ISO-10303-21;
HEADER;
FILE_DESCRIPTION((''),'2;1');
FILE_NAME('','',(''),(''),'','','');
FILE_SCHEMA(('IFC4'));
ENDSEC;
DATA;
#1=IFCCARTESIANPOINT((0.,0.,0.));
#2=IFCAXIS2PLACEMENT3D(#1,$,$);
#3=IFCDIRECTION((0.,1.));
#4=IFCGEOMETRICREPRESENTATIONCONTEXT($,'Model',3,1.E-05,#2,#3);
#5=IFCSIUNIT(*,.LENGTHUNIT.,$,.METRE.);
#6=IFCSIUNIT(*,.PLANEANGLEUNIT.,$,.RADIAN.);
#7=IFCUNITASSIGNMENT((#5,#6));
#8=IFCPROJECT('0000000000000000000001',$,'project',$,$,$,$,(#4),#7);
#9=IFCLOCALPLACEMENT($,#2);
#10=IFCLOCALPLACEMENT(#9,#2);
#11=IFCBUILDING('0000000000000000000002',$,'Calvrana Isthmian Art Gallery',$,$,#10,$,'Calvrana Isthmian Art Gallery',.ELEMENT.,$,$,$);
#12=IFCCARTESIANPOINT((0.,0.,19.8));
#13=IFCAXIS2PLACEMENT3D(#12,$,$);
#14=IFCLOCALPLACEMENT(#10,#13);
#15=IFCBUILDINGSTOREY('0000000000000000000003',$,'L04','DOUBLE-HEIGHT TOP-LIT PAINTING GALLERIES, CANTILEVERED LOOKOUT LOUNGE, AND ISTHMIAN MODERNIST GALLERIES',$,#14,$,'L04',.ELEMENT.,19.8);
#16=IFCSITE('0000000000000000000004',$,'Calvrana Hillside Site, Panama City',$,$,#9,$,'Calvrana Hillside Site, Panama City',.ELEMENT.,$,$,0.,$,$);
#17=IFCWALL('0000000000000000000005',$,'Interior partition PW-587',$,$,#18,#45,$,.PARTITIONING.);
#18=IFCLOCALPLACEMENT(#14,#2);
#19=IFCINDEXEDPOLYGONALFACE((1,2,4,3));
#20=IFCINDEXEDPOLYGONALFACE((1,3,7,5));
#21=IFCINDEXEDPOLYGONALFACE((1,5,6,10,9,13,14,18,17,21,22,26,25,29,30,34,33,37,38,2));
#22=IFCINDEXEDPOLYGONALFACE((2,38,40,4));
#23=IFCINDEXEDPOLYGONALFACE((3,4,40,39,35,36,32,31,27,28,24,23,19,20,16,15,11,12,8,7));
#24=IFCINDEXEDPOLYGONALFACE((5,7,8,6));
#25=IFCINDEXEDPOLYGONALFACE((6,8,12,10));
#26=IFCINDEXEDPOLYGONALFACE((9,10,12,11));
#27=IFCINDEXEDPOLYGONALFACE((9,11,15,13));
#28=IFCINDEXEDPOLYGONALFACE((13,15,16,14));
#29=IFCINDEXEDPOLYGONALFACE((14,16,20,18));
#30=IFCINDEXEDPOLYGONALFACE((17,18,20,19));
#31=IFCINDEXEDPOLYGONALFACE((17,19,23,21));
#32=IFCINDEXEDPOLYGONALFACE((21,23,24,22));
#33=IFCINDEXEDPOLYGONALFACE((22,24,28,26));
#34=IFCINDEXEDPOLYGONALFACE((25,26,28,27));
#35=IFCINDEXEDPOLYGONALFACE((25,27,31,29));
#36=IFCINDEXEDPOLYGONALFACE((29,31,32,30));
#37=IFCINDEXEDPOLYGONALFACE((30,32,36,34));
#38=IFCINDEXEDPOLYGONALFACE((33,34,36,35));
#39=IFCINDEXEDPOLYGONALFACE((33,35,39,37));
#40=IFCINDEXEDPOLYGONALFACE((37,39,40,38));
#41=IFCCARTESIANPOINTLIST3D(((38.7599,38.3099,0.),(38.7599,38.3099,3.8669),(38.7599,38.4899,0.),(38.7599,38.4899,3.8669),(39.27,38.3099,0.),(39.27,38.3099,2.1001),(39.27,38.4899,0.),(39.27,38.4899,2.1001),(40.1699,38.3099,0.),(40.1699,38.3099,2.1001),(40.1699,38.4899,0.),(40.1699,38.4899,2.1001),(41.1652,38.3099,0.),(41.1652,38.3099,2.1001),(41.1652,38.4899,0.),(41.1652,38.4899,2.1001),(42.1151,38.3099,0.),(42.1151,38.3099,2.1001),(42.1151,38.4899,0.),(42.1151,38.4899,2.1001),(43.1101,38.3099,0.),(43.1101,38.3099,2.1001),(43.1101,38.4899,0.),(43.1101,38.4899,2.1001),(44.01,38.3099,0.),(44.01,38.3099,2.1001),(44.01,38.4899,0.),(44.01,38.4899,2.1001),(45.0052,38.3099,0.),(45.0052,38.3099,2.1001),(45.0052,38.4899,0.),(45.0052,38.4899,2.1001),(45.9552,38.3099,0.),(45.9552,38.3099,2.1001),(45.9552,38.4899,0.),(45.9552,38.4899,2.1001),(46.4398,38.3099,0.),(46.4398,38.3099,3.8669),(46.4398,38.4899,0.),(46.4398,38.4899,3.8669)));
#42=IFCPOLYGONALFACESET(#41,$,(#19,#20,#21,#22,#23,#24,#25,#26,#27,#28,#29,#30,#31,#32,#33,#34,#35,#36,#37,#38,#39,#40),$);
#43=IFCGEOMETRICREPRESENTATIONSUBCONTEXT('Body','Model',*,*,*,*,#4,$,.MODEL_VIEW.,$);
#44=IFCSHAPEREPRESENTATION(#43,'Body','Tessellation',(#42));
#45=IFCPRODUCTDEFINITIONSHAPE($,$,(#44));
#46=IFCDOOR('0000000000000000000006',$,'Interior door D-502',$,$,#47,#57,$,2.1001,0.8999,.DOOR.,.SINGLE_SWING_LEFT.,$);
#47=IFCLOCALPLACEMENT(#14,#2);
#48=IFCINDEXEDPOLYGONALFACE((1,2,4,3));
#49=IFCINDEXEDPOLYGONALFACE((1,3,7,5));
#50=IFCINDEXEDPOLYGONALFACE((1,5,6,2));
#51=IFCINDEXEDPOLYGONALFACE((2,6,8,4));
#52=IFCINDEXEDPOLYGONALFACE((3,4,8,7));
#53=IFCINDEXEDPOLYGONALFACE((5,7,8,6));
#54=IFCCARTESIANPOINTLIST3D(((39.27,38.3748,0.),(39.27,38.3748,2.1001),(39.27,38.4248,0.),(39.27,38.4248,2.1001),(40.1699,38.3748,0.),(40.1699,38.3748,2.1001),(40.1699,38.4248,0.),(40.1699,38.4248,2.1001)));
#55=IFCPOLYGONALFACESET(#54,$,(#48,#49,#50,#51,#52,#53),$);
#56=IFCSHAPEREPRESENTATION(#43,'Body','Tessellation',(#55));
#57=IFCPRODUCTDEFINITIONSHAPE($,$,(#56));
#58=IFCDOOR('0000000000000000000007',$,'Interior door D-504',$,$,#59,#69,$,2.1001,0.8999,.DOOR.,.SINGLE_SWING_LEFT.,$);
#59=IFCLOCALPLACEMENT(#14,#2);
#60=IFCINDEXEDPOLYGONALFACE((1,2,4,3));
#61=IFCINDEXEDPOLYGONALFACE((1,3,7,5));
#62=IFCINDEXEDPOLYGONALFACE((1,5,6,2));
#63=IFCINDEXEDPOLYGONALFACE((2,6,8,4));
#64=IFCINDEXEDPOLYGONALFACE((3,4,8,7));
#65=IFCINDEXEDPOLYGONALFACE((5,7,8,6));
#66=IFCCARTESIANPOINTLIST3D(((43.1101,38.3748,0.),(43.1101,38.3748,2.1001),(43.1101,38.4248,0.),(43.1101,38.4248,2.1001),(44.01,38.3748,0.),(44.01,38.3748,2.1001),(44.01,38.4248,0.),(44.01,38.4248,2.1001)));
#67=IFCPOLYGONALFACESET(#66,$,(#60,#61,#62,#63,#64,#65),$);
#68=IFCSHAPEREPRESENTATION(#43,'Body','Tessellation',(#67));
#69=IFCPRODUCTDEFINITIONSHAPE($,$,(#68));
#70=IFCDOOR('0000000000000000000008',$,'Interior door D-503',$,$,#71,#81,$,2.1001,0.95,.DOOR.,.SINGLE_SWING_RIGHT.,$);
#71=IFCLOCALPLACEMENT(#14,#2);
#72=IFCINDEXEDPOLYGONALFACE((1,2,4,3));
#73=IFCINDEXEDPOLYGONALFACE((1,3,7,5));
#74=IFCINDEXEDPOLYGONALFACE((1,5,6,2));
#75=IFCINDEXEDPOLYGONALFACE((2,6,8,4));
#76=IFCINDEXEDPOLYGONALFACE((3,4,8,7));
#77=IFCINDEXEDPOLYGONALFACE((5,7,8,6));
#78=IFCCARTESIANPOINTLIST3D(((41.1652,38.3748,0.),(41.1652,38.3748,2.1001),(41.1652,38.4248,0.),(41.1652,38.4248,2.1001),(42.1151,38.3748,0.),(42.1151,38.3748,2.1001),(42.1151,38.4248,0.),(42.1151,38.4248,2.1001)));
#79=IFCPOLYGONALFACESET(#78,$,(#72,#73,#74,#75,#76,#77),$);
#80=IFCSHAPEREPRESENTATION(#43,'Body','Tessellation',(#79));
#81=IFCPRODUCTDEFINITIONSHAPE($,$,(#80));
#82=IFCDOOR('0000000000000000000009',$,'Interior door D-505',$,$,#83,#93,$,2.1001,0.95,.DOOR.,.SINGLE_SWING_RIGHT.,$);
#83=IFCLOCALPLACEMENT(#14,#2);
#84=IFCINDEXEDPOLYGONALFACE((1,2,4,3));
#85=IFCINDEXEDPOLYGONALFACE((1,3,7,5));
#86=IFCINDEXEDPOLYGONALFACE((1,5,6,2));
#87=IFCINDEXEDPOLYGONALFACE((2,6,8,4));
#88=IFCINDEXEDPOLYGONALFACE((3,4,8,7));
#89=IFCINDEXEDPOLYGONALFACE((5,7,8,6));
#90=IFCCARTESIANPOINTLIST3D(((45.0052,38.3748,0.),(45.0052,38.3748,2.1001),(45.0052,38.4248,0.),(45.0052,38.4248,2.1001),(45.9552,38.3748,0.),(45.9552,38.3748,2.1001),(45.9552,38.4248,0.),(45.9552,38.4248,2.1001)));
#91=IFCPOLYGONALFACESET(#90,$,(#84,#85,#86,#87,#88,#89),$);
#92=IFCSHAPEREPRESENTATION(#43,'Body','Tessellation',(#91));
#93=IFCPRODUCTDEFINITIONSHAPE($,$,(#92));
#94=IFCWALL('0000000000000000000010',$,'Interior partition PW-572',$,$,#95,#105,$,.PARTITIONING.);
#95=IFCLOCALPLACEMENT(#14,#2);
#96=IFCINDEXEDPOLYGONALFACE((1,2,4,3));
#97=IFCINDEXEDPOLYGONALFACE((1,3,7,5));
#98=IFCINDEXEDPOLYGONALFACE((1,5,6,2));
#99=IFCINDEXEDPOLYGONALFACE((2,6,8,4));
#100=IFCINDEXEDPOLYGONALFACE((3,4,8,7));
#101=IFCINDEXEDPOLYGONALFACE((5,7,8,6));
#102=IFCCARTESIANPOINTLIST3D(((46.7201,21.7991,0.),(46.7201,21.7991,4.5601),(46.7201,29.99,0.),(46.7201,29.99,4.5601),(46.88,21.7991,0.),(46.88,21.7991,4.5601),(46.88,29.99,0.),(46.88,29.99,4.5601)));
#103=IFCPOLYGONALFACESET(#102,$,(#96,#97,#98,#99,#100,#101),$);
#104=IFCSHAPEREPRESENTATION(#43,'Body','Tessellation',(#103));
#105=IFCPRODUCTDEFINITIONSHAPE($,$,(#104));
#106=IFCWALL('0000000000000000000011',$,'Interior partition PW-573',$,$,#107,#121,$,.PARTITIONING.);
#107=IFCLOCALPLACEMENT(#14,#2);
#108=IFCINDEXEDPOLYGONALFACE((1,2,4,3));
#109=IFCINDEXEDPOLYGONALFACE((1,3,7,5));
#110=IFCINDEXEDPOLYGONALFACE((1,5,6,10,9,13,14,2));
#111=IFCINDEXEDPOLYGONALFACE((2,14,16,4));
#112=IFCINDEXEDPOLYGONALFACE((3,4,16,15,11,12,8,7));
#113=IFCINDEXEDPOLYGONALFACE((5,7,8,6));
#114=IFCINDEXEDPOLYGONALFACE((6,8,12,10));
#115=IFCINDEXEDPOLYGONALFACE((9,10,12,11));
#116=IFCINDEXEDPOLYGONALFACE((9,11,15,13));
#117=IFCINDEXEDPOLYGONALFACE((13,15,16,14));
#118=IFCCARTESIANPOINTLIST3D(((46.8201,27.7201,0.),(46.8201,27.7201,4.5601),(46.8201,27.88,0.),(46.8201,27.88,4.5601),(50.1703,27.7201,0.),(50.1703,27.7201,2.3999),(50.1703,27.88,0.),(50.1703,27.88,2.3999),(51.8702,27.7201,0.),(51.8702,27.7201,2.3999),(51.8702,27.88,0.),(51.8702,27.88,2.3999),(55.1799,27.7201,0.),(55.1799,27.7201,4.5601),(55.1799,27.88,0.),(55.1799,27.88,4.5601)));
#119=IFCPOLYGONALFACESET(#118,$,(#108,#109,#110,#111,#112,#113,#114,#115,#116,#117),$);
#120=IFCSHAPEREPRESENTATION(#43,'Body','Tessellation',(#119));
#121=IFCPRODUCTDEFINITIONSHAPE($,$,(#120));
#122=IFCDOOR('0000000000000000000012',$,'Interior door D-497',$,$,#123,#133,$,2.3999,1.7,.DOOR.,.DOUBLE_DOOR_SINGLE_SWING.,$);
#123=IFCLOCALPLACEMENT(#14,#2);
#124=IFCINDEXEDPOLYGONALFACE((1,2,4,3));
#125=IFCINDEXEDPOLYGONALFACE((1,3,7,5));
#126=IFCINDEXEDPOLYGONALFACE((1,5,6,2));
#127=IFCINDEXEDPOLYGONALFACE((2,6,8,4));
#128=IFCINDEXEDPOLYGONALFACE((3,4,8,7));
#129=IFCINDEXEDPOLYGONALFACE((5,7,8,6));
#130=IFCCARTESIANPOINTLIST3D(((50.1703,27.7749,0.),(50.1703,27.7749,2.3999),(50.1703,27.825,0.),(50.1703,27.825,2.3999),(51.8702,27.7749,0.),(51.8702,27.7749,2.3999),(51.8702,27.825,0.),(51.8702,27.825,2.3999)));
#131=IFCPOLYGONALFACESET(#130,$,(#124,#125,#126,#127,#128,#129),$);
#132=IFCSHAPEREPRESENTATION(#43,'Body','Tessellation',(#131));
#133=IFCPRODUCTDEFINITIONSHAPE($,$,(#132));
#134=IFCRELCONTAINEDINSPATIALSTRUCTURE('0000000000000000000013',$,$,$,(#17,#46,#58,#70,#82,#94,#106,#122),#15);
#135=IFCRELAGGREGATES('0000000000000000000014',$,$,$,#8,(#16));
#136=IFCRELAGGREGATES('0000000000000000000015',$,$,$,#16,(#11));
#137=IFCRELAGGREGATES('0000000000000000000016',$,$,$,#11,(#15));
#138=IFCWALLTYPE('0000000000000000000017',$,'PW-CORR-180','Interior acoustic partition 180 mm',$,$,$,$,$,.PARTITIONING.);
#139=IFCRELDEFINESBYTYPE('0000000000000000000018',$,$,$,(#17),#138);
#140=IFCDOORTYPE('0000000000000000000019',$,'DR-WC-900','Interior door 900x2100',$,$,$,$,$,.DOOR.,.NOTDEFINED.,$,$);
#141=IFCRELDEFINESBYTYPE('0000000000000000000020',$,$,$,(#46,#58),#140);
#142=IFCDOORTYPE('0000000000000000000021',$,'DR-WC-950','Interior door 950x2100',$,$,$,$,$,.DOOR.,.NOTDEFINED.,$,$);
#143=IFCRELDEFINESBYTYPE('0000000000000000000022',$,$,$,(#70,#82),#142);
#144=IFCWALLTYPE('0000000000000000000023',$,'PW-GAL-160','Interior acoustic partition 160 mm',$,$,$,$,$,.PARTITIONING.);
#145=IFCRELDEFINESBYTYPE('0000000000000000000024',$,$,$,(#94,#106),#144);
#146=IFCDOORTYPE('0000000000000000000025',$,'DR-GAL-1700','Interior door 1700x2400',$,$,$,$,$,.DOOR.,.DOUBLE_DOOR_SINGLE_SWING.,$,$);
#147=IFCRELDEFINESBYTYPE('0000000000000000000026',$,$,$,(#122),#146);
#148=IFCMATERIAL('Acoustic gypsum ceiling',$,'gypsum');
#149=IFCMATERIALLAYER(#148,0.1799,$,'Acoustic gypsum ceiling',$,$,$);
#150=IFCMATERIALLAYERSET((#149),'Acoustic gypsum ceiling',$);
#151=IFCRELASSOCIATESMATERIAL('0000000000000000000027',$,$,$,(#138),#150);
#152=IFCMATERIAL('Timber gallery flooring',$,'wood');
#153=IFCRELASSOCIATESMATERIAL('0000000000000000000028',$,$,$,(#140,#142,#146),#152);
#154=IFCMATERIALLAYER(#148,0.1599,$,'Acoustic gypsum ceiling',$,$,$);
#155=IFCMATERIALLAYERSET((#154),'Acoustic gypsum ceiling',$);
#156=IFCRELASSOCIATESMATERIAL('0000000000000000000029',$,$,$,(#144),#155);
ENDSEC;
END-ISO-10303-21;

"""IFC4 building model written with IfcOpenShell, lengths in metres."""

from ifc_helpers import new_model, si_unit, direction, frame, frame_2d, origin, place, context, subcontext, project, spatial, rectangle, extrude, material, layer, layer_set, type_object, element, fill, save


model = new_model("IFC4")

# Units and contexts
model_context = context("Model", 3, precision=1e-05, world=origin(), true_north=direction((0.0, 1.0)))
body_context = subcontext(model_context, "Body", "Model", "MODEL_VIEW")
ifc_project = project(units=[si_unit("LENGTHUNIT", "METRE"), si_unit("PLANEANGLEUNIT", "RADIAN")], contexts=[model_context])

# Site, building, storey
site_placement = place(None, origin())
site = spatial("IfcSite", under=ifc_project, at=site_placement, Name="Calvrana Hillside Site, Panama City", LongName="Calvrana Hillside Site, Panama City", CompositionType="ELEMENT", RefElevation=0.0)
building_placement = place(site_placement, origin())
building = spatial("IfcBuilding", under=site, at=building_placement, Name="Calvrana Isthmian Art Gallery", LongName="Calvrana Isthmian Art Gallery", CompositionType="ELEMENT")
storey_placement = place(building_placement, frame((0.0, 0.0, 19.8)))
storey = spatial("IfcBuildingStorey", under=building, at=storey_placement, Name="L04", Description="DOUBLE-HEIGHT TOP-LIT PAINTING GALLERIES, CANTILEVERED LOOKOUT LOUNGE, AND ISTHMIAN MODERNIST GALLERIES", LongName="L04", CompositionType="ELEMENT", Elevation=19.8)

# Wall, openings, doors
ifc_material_1 = material(Name="Acoustic gypsum ceiling", Category="gypsum")
ifc_layer_1 = layer(ifc_material_1, 0.1799, Name="Acoustic gypsum ceiling")
ifc_layer_set_1 = layer_set([ifc_layer_1], Name="Acoustic gypsum ceiling")
wall_type_1 = type_object("IfcWallType", Name="PW-CORR-180", Description="Interior acoustic partition 180 mm", PredefinedType="PARTITIONING", material=ifc_layer_set_1)
wall_1_placement = place(storey_placement, frame((38.76, 38.3999, 0.0), z_axis=(0.0, 0.0, 1.0), x_axis=(1.0, 0.0, 0.0)))
wall_1 = element("IfcWall", 1, at=wall_1_placement, inside=storey, type_object=wall_type_1, Name="Interior partition PW-587", PredefinedType="PARTITIONING", context=body_context, shape_type="SweptSolid", body=[
    extrude(rectangle(XDim=7.6799, YDim=0.1799, at=frame_2d((3.8398, 0.0))), origin(), (0.0, 0.0, 1.0), 3.8669),
])
opening_1_placement = place(wall_1_placement, frame((0.51, 0.0, 0.0)))
opening_1 = element("IfcOpeningElement", 2, at=opening_1_placement, cuts=wall_1, PredefinedType="OPENING", context=body_context, shape_type="SweptSolid", body=[
    extrude(rectangle(XDim=0.8999, YDim=2.1001, at=frame_2d((0.45, 1.05))), frame((0.0, 0.1001, 0.0), z_axis=(0.0, -1.0, 0.0), x_axis=(1.0, 0.0, 0.0)), (0.0, 0.0, 1.0), 0.2004),
])
opening_2_placement = place(wall_1_placement, frame((2.405, 0.0, 0.0)))
opening_2 = element("IfcOpeningElement", 3, at=opening_2_placement, cuts=wall_1, PredefinedType="OPENING", context=body_context, shape_type="SweptSolid", body=[
    extrude(rectangle(XDim=0.95, YDim=2.1001, at=frame_2d((0.4751, 1.05))), frame((0.0, 0.1001, 0.0), z_axis=(0.0, -1.0, 0.0), x_axis=(1.0, 0.0, 0.0)), (0.0, 0.0, 1.0), 0.2004),
])
opening_3_placement = place(wall_1_placement, frame((4.3501, 0.0, 0.0)))
opening_3 = element("IfcOpeningElement", 4, at=opening_3_placement, cuts=wall_1, PredefinedType="OPENING", context=body_context, shape_type="SweptSolid", body=[
    extrude(rectangle(XDim=0.8999, YDim=2.1001, at=frame_2d((0.45, 1.05))), frame((0.0, 0.1001, 0.0), z_axis=(0.0, -1.0, 0.0), x_axis=(1.0, 0.0, 0.0)), (0.0, 0.0, 1.0), 0.2004),
])
opening_4_placement = place(wall_1_placement, frame((6.2451, 0.0, 0.0)))
opening_4 = element("IfcOpeningElement", 5, at=opening_4_placement, cuts=wall_1, PredefinedType="OPENING", context=body_context, shape_type="SweptSolid", body=[
    extrude(rectangle(XDim=0.95, YDim=2.1001, at=frame_2d((0.4751, 1.05))), frame((0.0, 0.1001, 0.0), z_axis=(0.0, -1.0, 0.0), x_axis=(1.0, 0.0, 0.0)), (0.0, 0.0, 1.0), 0.2004),
])
ifc_material_2 = material(Name="Timber gallery flooring", Category="wood")
door_type_1 = type_object("IfcDoorType", Name="DR-WC-900", Description="Interior door 900x2100", OperationType="NOTDEFINED", PredefinedType="DOOR", material=ifc_material_2)
door_1_placement = place(opening_1_placement, origin())
door_1 = element("IfcDoor", 6, at=door_1_placement, inside=storey, type_object=door_type_1, Name="Interior door D-502", OperationType="SINGLE_SWING_LEFT", OverallHeight=2.1001, OverallWidth=0.8999, PredefinedType="DOOR", context=body_context, shape_type="SweptSolid", body=[
    extrude(rectangle(XDim=0.8999, YDim=2.1001, at=frame_2d((0.45, 1.05))), frame((0.0, 0.0249, 0.0), z_axis=(0.0, -1.0, 0.0), x_axis=(1.0, 0.0, 0.0)), (0.0, 0.0, 1.0), 0.05),
])
fill(opening_1, door_1)
door_2_placement = place(opening_3_placement, origin())
door_2 = element("IfcDoor", 7, at=door_2_placement, inside=storey, type_object=door_type_1, Name="Interior door D-504", OperationType="SINGLE_SWING_LEFT", OverallHeight=2.1001, OverallWidth=0.8999, PredefinedType="DOOR", context=body_context, shape_type="SweptSolid", body=[
    extrude(rectangle(XDim=0.8999, YDim=2.1001, at=frame_2d((0.45, 1.05))), frame((0.0, 0.0249, 0.0), z_axis=(0.0, -1.0, 0.0), x_axis=(1.0, 0.0, 0.0)), (0.0, 0.0, 1.0), 0.05),
])
fill(opening_3, door_2)
door_type_2 = type_object("IfcDoorType", Name="DR-WC-950", Description="Interior door 950x2100", OperationType="NOTDEFINED", PredefinedType="DOOR", material=ifc_material_2)
door_3_placement = place(opening_2_placement, origin())
door_3 = element("IfcDoor", 8, at=door_3_placement, inside=storey, type_object=door_type_2, Name="Interior door D-503", OperationType="SINGLE_SWING_RIGHT", OverallHeight=2.1001, OverallWidth=0.95, PredefinedType="DOOR", context=body_context, shape_type="SweptSolid", body=[
    extrude(rectangle(XDim=0.95, YDim=2.1001, at=frame_2d((0.4751, 1.05))), frame((0.0, 0.0249, 0.0), z_axis=(0.0, -1.0, 0.0), x_axis=(1.0, 0.0, 0.0)), (0.0, 0.0, 1.0), 0.05),
])
fill(opening_2, door_3)
door_4_placement = place(opening_4_placement, origin())
door_4 = element("IfcDoor", 9, at=door_4_placement, inside=storey, type_object=door_type_2, Name="Interior door D-505", OperationType="SINGLE_SWING_RIGHT", OverallHeight=2.1001, OverallWidth=0.95, PredefinedType="DOOR", context=body_context, shape_type="SweptSolid", body=[
    extrude(rectangle(XDim=0.95, YDim=2.1001, at=frame_2d((0.4751, 1.05))), frame((0.0, 0.0249, 0.0), z_axis=(0.0, -1.0, 0.0), x_axis=(1.0, 0.0, 0.0)), (0.0, 0.0, 1.0), 0.05),
])
fill(opening_4, door_4)

# Wall
ifc_layer_2 = layer(ifc_material_1, 0.1599, Name="Acoustic gypsum ceiling")
ifc_layer_set_2 = layer_set([ifc_layer_2], Name="Acoustic gypsum ceiling")
wall_type_2 = type_object("IfcWallType", Name="PW-GAL-160", Description="Interior acoustic partition 160 mm", PredefinedType="PARTITIONING", material=ifc_layer_set_2)
wall_2_placement = place(storey_placement, frame((46.8, 21.7991, 0.0), z_axis=(0.0, 0.0, 1.0), x_axis=(0.0, 1.0, 0.0)))
element("IfcWall", 10, at=wall_2_placement, inside=storey, type_object=wall_type_2, Name="Interior partition PW-572", PredefinedType="PARTITIONING", context=body_context, shape_type="SweptSolid", body=[
    extrude(rectangle(XDim=8.1909, YDim=0.1599, at=frame_2d((4.0955, 0.0))), origin(), (0.0, 0.0, 1.0), 4.5601),
])

# Wall, opening, door
wall_3_placement = place(storey_placement, frame((46.8201, 27.8, 0.0), z_axis=(0.0, 0.0, 1.0), x_axis=(1.0, 0.0, 0.0)))
wall_3 = element("IfcWall", 11, at=wall_3_placement, inside=storey, type_object=wall_type_2, Name="Interior partition PW-573", PredefinedType="PARTITIONING", context=body_context, shape_type="SweptSolid", body=[
    extrude(rectangle(XDim=8.3599, YDim=0.1599, at=frame_2d((4.1799, 0.0))), origin(), (0.0, 0.0, 1.0), 4.5601),
])
opening_5_placement = place(wall_3_placement, frame((3.3501, 0.0, 0.0)))
opening_5 = element("IfcOpeningElement", 12, at=opening_5_placement, cuts=wall_3, PredefinedType="OPENING", context=body_context, shape_type="SweptSolid", body=[
    extrude(rectangle(XDim=1.7, YDim=2.3999, at=frame_2d((0.8501, 1.2))), frame((0.0, 0.0903, 0.0), z_axis=(0.0, -1.0, 0.0), x_axis=(1.0, 0.0, 0.0)), (0.0, 0.0, 1.0), 0.1804),
])
door_type_3 = type_object("IfcDoorType", Name="DR-GAL-1700", Description="Interior door 1700x2400", OperationType="DOUBLE_DOOR_SINGLE_SWING", PredefinedType="DOOR", material=ifc_material_2)
door_5_placement = place(opening_5_placement, origin())
door_5 = element("IfcDoor", 13, at=door_5_placement, inside=storey, type_object=door_type_3, Name="Interior door D-497", OperationType="DOUBLE_DOOR_SINGLE_SWING", OverallHeight=2.3999, OverallWidth=1.7, PredefinedType="DOOR", context=body_context, shape_type="SweptSolid", body=[
    extrude(rectangle(XDim=1.7, YDim=2.3999, at=frame_2d((0.8501, 1.2))), frame((0.0, 0.0249, 0.0), z_axis=(0.0, -1.0, 0.0), x_axis=(1.0, 0.0, 0.0)), (0.0, 0.0, 1.0), 0.05),
])
fill(opening_5, door_5)

save(model, "model.ifc")
